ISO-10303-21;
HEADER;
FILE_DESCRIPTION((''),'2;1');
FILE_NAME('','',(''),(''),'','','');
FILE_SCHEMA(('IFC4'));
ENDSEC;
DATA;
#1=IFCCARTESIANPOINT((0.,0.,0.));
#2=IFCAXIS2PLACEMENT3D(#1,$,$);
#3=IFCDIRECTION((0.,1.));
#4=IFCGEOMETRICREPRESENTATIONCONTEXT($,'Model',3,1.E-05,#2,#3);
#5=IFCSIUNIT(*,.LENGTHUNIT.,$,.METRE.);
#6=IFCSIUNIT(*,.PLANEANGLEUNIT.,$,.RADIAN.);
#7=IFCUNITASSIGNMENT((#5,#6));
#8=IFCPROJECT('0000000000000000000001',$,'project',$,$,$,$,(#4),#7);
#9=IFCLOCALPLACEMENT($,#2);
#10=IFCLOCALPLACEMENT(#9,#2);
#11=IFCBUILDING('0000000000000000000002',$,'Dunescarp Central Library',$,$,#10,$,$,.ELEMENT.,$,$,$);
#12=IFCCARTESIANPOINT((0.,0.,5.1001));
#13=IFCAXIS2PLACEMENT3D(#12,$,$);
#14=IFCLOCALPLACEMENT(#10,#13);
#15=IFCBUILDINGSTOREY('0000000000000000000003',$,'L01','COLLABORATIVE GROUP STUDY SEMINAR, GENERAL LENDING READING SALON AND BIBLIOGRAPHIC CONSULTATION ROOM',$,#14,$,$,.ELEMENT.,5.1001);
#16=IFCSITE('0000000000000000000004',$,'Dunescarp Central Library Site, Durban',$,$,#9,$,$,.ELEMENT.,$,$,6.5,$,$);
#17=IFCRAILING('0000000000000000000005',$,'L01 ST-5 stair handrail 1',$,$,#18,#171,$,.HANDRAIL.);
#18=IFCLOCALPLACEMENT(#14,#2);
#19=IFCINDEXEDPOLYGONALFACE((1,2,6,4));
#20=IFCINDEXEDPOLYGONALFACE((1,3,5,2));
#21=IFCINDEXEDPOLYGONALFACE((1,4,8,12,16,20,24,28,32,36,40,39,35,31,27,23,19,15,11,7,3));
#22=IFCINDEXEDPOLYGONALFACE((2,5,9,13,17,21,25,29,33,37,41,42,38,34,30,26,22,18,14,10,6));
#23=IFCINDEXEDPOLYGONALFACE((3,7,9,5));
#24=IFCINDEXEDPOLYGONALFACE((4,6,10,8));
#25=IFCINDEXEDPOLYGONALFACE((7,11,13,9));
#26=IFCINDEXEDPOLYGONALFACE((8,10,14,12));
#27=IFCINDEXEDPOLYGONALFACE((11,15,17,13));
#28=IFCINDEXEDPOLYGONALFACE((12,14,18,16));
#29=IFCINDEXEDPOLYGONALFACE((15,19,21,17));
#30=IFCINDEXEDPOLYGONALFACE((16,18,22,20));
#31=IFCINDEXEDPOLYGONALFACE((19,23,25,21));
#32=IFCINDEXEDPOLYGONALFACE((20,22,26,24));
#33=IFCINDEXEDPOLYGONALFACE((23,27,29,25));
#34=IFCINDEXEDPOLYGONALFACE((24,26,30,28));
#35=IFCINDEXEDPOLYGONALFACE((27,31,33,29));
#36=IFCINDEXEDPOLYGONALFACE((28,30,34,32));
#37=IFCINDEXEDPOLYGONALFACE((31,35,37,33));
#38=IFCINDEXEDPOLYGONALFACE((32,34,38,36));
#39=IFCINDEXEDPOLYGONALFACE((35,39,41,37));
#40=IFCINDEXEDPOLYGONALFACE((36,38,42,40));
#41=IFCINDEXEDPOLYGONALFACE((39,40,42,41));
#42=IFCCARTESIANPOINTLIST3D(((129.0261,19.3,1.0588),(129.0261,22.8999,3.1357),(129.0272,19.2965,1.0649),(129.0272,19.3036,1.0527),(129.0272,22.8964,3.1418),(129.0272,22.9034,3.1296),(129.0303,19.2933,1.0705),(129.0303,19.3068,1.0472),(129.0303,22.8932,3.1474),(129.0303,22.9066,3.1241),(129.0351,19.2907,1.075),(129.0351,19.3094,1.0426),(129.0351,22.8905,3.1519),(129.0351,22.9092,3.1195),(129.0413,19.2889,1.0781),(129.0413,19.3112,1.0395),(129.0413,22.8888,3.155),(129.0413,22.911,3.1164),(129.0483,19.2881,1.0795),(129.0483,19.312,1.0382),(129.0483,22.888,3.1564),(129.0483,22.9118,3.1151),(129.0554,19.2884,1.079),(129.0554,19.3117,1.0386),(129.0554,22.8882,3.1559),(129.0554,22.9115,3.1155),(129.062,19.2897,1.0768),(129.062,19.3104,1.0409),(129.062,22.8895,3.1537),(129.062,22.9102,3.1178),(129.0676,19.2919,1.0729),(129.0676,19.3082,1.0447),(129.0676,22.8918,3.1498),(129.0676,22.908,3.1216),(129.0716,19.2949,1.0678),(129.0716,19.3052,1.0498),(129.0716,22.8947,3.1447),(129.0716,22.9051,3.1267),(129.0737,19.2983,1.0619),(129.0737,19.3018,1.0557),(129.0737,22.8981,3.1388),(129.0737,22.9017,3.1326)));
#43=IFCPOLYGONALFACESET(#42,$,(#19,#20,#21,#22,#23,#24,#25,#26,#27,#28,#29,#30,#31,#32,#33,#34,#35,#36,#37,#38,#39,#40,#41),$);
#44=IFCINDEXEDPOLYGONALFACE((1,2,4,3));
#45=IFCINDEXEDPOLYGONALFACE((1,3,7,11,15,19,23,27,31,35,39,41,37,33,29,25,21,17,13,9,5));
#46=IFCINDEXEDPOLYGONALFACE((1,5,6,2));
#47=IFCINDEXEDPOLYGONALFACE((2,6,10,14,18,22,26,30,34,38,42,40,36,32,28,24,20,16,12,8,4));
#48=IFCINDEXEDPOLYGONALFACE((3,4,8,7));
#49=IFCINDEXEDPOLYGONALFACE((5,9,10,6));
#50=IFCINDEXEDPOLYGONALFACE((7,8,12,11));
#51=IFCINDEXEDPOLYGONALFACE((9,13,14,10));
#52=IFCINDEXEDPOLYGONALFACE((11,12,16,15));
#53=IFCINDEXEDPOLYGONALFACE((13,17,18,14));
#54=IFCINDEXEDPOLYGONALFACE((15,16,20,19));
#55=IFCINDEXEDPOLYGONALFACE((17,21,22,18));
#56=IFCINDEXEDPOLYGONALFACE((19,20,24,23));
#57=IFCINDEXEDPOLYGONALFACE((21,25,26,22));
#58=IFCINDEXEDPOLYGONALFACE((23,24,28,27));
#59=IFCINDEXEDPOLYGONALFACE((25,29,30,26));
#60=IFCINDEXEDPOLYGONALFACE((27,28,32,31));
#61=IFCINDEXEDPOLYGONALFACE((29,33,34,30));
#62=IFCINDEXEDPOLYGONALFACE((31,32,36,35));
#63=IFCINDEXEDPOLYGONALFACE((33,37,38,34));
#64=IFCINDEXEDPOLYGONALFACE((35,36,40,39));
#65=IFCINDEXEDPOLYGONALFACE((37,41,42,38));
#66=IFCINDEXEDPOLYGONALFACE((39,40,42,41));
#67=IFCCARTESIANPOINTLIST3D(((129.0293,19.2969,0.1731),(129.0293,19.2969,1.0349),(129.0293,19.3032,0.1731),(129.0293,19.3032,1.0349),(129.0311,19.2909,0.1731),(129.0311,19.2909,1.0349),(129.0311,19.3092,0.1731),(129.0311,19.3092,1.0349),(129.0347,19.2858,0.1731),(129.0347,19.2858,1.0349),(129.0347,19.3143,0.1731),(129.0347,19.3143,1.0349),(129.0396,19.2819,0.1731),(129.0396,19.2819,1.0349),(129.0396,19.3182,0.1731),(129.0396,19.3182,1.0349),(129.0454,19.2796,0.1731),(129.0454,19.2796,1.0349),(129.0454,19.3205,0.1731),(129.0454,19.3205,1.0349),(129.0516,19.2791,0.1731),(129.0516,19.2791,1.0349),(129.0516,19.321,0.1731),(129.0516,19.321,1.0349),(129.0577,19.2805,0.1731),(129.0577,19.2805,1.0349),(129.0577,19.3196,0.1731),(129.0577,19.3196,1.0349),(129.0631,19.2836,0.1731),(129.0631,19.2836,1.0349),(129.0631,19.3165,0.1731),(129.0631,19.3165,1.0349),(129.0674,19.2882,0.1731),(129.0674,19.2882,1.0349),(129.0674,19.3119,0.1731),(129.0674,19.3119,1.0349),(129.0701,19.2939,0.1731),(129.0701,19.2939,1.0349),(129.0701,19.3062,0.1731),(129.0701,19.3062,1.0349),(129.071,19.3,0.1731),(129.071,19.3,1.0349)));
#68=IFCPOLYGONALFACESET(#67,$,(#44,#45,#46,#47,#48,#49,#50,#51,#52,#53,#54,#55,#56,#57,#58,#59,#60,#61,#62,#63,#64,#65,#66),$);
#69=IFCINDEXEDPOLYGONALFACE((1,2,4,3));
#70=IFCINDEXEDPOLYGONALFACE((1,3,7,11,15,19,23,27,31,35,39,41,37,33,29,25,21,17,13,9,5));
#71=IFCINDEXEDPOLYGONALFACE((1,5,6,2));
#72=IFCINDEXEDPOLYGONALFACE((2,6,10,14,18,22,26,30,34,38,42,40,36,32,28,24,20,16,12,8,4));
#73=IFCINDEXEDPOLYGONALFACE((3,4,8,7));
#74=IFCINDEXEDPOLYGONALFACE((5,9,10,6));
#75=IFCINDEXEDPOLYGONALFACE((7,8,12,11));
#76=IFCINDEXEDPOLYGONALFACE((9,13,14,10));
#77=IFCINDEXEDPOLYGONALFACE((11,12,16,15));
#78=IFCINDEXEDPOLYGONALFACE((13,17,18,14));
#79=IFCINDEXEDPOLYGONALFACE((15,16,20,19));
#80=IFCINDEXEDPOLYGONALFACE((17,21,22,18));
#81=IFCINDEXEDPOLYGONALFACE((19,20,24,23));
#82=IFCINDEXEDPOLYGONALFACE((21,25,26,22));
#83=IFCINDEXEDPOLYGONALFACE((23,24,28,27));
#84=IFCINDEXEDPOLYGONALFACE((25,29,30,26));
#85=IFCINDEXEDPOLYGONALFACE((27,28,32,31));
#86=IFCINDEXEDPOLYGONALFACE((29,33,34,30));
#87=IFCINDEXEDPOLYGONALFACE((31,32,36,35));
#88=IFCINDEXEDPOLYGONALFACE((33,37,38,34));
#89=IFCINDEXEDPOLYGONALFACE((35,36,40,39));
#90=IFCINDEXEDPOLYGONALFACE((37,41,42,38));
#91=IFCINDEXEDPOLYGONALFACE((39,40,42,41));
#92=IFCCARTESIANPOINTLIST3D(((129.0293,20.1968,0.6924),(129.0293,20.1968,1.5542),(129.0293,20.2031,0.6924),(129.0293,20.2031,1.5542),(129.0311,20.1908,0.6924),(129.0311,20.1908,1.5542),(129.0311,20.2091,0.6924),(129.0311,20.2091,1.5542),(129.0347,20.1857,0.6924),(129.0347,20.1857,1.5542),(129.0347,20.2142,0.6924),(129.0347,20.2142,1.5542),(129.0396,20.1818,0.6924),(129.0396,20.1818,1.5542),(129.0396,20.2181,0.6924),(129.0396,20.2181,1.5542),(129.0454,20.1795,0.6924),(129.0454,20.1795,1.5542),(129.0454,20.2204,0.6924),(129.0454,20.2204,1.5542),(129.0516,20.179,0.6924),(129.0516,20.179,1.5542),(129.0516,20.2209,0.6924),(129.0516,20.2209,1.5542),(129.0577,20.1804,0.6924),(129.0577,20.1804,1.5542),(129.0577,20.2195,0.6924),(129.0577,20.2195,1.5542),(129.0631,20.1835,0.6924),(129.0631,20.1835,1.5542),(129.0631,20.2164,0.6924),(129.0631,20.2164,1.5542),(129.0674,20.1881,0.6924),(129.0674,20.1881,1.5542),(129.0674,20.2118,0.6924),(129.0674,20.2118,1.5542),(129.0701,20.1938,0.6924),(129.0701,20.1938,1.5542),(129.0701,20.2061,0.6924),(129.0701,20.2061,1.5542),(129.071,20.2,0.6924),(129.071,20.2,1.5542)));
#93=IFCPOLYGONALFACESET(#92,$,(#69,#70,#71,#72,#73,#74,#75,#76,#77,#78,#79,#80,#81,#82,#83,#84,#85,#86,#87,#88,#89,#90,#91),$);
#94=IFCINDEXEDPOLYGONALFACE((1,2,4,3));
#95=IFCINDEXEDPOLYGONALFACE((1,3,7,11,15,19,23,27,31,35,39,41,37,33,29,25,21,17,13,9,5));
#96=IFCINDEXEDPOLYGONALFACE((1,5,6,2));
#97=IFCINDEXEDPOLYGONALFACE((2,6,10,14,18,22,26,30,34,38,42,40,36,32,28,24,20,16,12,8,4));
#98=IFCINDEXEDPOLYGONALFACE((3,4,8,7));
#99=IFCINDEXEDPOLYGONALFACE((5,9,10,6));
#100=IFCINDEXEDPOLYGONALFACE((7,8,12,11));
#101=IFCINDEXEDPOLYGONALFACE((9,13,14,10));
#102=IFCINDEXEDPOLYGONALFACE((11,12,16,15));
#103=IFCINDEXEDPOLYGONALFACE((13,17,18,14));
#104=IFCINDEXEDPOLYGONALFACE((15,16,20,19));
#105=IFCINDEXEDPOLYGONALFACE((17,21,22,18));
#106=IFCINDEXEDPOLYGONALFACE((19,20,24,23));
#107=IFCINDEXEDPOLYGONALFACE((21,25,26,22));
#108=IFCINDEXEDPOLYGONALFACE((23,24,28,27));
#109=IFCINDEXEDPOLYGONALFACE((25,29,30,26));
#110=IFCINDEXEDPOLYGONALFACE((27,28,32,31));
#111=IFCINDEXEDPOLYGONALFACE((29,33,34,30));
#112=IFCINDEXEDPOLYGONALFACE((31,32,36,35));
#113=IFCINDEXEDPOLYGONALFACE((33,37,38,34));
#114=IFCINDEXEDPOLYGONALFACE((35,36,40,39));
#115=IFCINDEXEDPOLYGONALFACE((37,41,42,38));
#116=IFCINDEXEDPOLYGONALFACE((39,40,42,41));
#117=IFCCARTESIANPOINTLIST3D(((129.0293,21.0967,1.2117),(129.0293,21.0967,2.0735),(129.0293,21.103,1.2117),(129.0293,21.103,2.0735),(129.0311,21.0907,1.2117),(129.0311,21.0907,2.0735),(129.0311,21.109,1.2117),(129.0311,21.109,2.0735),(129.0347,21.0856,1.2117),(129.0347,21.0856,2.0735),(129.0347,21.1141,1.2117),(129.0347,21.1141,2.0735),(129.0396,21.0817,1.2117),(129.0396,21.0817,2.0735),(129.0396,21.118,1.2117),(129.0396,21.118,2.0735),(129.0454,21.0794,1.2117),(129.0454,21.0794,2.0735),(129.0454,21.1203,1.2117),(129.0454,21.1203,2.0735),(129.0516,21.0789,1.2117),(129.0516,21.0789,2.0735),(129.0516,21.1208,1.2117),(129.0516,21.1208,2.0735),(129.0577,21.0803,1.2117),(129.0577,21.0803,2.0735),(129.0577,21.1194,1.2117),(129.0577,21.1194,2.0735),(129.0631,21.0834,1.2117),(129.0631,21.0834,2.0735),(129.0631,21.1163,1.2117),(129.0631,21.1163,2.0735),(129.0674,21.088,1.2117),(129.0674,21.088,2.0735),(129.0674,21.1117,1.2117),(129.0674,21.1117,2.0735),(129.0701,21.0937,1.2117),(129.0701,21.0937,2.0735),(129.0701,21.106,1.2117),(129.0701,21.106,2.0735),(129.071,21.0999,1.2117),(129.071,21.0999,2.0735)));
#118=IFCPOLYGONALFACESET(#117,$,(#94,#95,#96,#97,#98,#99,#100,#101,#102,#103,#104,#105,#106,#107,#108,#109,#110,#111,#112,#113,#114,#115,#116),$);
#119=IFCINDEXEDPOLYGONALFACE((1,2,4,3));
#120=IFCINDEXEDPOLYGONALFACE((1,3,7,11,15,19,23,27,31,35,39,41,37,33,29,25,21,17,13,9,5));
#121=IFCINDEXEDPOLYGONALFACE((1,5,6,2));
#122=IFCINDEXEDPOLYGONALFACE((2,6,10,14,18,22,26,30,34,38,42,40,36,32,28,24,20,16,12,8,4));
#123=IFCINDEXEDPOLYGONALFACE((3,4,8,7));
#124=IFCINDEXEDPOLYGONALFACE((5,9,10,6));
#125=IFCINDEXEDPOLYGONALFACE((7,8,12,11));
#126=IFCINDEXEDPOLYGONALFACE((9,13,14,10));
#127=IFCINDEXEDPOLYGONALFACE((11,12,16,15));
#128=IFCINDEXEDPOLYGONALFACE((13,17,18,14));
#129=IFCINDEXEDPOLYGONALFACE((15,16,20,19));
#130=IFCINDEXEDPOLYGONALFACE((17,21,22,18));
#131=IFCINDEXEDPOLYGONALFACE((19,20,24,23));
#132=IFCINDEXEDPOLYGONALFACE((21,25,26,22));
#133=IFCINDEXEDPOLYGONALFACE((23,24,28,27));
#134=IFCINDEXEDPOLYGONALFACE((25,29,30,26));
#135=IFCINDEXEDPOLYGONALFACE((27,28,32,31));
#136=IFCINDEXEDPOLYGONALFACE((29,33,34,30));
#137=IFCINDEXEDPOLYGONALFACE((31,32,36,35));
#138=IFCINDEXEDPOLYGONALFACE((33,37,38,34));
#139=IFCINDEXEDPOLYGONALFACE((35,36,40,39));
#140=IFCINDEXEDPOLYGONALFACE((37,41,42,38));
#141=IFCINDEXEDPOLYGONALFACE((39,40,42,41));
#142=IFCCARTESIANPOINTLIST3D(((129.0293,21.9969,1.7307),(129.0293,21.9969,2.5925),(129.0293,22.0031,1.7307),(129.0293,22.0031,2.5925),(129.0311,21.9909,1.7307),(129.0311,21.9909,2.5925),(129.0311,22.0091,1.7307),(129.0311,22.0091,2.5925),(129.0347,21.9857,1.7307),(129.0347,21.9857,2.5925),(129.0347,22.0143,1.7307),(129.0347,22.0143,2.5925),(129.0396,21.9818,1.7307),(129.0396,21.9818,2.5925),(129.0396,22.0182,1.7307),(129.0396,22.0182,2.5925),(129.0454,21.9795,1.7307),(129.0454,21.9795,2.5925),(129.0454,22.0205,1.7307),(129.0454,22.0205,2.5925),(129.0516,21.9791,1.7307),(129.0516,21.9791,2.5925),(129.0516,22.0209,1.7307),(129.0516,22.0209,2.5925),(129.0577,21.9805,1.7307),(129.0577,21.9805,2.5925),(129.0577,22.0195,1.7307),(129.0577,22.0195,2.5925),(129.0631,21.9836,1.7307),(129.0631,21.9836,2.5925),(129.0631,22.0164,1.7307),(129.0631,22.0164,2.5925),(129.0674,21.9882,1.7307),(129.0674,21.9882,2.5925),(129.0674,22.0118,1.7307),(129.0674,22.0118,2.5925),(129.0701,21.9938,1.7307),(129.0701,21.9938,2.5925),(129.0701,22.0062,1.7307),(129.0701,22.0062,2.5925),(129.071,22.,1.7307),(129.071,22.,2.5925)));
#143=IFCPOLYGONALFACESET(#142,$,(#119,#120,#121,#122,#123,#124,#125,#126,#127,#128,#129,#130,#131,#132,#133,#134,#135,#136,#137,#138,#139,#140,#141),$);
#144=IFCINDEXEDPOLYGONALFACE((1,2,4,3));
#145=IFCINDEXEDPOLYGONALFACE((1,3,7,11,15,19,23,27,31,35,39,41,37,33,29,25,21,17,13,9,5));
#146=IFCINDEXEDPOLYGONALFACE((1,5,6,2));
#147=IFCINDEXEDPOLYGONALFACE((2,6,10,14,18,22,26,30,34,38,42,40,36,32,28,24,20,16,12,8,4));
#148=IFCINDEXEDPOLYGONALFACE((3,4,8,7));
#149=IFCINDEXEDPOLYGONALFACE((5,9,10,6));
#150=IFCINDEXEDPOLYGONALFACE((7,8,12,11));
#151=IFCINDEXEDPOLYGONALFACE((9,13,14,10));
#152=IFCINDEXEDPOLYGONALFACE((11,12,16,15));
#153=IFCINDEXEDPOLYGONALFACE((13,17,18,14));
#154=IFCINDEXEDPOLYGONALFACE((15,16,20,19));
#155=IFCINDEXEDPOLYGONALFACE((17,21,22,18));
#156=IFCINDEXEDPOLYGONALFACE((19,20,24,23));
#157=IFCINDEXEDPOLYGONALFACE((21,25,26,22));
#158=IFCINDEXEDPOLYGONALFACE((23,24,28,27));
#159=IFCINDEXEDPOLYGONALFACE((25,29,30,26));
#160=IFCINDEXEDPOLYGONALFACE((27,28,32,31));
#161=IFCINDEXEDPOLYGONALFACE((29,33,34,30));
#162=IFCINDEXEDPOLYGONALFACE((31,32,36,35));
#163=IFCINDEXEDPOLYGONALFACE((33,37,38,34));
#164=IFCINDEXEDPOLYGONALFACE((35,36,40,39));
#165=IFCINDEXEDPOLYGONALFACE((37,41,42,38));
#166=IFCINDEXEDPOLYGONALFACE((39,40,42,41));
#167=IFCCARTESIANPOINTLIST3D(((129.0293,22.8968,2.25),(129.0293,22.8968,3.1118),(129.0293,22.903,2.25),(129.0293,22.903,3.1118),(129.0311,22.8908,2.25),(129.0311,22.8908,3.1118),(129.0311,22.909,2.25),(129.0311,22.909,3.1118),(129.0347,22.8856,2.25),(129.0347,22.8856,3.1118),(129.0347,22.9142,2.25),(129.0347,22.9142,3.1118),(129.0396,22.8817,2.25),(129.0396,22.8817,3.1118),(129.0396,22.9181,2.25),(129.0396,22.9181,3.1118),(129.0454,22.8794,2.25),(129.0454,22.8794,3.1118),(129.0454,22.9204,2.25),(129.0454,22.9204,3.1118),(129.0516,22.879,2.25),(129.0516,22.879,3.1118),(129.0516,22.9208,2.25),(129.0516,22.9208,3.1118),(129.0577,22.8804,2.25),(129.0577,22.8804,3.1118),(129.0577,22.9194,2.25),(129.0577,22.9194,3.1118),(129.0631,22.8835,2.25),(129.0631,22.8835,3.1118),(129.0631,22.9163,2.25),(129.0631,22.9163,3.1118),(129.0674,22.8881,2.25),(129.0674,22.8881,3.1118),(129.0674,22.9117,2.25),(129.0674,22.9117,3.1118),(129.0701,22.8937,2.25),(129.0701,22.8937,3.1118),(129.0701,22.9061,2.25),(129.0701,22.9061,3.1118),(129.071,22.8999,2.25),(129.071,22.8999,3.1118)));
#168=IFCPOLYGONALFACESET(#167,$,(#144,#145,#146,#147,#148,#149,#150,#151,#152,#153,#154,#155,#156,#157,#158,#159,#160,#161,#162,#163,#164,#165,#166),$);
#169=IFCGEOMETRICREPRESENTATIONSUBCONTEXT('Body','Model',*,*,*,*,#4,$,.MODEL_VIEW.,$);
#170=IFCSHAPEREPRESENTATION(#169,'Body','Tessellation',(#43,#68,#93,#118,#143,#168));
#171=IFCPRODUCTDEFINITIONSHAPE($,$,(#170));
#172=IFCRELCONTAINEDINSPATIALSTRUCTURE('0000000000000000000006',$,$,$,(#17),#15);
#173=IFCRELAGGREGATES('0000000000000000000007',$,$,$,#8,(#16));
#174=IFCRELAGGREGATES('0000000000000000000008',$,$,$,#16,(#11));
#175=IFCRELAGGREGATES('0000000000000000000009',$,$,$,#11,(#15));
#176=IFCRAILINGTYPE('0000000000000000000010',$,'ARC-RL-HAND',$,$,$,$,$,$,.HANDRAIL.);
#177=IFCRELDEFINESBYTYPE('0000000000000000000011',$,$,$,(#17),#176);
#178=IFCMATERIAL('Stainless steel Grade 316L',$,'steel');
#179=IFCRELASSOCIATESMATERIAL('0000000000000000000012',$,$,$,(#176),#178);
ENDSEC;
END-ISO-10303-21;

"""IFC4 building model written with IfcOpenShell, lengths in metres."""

from ifc_helpers import new_model, si_unit, direction, frame, origin, origin_2d, place, context, subcontext, project, spatial, circle, extrude, material, type_object, element, save


model = new_model("IFC4")

# Units and contexts
model_context = context("Model", 3, precision=1e-05, world=origin(), true_north=direction((0.0, 1.0)))
body_context = subcontext(model_context, "Body", "Model", "MODEL_VIEW")
ifc_project = project(units=[si_unit("LENGTHUNIT", "METRE"), si_unit("PLANEANGLEUNIT", "RADIAN")], contexts=[model_context])

# Site, building, storey
site_placement = place(None, origin())
site = spatial("IfcSite", under=ifc_project, at=site_placement, Name="Dunescarp Central Library Site, Durban", CompositionType="ELEMENT", RefElevation=6.5)
building_placement = place(site_placement, origin())
building = spatial("IfcBuilding", under=site, at=building_placement, Name="Dunescarp Central Library", CompositionType="ELEMENT")
storey_placement = place(building_placement, frame((0.0, 0.0, 5.1001)))
storey = spatial("IfcBuildingStorey", under=building, at=storey_placement, Name="L01", Description="COLLABORATIVE GROUP STUDY SEMINAR, GENERAL LENDING READING SALON AND BIBLIOGRAPHIC CONSULTATION ROOM", CompositionType="ELEMENT", Elevation=5.1001)

# Railing
ifc_material_1 = material(Name="Stainless steel Grade 316L", Category="steel")
railing_type_1 = type_object("IfcRailingType", Name="ARC-RL-HAND", PredefinedType="HANDRAIL", material=ifc_material_1)
railing_1_placement = place(storey_placement, frame((129.05, 19.3, 0.1731)))
element("IfcRailing", 1, at=railing_1_placement, inside=storey, type_object=railing_type_1, Name="L01 ST-5 stair handrail 1", PredefinedType="HANDRAIL", context=body_context, shape_type="SweptSolid", body=[
    extrude(circle(Radius=0.0239, at=origin_2d()), frame((0.0, 0.0, 0.8857), z_axis=(0.0, 0.866179, 0.499734), x_axis=(-1.0, 0.0, 0.0)), (0.0, 0.0, 1.0), 4.156),
    extrude(circle(Radius=0.021, at=origin_2d()), origin(), (0.0, 0.0, 1.0), 0.8618),
    extrude(circle(Radius=0.021, at=origin_2d()), frame((0.0, 0.8999, 0.5193)), (0.0, 0.0, 1.0), 0.8618),
    extrude(circle(Radius=0.021, at=origin_2d()), frame((0.0, 1.7998, 1.0386)), (0.0, 0.0, 1.0), 0.8618),
    extrude(circle(Radius=0.021, at=origin_2d()), frame((0.0, 2.7, 1.5576)), (0.0, 0.0, 1.0), 0.8618),
    extrude(circle(Radius=0.021, at=origin_2d()), frame((0.0, 3.5999, 2.0769)), (0.0, 0.0, 1.0), 0.8618),
])

save(model, "model.ifc")
